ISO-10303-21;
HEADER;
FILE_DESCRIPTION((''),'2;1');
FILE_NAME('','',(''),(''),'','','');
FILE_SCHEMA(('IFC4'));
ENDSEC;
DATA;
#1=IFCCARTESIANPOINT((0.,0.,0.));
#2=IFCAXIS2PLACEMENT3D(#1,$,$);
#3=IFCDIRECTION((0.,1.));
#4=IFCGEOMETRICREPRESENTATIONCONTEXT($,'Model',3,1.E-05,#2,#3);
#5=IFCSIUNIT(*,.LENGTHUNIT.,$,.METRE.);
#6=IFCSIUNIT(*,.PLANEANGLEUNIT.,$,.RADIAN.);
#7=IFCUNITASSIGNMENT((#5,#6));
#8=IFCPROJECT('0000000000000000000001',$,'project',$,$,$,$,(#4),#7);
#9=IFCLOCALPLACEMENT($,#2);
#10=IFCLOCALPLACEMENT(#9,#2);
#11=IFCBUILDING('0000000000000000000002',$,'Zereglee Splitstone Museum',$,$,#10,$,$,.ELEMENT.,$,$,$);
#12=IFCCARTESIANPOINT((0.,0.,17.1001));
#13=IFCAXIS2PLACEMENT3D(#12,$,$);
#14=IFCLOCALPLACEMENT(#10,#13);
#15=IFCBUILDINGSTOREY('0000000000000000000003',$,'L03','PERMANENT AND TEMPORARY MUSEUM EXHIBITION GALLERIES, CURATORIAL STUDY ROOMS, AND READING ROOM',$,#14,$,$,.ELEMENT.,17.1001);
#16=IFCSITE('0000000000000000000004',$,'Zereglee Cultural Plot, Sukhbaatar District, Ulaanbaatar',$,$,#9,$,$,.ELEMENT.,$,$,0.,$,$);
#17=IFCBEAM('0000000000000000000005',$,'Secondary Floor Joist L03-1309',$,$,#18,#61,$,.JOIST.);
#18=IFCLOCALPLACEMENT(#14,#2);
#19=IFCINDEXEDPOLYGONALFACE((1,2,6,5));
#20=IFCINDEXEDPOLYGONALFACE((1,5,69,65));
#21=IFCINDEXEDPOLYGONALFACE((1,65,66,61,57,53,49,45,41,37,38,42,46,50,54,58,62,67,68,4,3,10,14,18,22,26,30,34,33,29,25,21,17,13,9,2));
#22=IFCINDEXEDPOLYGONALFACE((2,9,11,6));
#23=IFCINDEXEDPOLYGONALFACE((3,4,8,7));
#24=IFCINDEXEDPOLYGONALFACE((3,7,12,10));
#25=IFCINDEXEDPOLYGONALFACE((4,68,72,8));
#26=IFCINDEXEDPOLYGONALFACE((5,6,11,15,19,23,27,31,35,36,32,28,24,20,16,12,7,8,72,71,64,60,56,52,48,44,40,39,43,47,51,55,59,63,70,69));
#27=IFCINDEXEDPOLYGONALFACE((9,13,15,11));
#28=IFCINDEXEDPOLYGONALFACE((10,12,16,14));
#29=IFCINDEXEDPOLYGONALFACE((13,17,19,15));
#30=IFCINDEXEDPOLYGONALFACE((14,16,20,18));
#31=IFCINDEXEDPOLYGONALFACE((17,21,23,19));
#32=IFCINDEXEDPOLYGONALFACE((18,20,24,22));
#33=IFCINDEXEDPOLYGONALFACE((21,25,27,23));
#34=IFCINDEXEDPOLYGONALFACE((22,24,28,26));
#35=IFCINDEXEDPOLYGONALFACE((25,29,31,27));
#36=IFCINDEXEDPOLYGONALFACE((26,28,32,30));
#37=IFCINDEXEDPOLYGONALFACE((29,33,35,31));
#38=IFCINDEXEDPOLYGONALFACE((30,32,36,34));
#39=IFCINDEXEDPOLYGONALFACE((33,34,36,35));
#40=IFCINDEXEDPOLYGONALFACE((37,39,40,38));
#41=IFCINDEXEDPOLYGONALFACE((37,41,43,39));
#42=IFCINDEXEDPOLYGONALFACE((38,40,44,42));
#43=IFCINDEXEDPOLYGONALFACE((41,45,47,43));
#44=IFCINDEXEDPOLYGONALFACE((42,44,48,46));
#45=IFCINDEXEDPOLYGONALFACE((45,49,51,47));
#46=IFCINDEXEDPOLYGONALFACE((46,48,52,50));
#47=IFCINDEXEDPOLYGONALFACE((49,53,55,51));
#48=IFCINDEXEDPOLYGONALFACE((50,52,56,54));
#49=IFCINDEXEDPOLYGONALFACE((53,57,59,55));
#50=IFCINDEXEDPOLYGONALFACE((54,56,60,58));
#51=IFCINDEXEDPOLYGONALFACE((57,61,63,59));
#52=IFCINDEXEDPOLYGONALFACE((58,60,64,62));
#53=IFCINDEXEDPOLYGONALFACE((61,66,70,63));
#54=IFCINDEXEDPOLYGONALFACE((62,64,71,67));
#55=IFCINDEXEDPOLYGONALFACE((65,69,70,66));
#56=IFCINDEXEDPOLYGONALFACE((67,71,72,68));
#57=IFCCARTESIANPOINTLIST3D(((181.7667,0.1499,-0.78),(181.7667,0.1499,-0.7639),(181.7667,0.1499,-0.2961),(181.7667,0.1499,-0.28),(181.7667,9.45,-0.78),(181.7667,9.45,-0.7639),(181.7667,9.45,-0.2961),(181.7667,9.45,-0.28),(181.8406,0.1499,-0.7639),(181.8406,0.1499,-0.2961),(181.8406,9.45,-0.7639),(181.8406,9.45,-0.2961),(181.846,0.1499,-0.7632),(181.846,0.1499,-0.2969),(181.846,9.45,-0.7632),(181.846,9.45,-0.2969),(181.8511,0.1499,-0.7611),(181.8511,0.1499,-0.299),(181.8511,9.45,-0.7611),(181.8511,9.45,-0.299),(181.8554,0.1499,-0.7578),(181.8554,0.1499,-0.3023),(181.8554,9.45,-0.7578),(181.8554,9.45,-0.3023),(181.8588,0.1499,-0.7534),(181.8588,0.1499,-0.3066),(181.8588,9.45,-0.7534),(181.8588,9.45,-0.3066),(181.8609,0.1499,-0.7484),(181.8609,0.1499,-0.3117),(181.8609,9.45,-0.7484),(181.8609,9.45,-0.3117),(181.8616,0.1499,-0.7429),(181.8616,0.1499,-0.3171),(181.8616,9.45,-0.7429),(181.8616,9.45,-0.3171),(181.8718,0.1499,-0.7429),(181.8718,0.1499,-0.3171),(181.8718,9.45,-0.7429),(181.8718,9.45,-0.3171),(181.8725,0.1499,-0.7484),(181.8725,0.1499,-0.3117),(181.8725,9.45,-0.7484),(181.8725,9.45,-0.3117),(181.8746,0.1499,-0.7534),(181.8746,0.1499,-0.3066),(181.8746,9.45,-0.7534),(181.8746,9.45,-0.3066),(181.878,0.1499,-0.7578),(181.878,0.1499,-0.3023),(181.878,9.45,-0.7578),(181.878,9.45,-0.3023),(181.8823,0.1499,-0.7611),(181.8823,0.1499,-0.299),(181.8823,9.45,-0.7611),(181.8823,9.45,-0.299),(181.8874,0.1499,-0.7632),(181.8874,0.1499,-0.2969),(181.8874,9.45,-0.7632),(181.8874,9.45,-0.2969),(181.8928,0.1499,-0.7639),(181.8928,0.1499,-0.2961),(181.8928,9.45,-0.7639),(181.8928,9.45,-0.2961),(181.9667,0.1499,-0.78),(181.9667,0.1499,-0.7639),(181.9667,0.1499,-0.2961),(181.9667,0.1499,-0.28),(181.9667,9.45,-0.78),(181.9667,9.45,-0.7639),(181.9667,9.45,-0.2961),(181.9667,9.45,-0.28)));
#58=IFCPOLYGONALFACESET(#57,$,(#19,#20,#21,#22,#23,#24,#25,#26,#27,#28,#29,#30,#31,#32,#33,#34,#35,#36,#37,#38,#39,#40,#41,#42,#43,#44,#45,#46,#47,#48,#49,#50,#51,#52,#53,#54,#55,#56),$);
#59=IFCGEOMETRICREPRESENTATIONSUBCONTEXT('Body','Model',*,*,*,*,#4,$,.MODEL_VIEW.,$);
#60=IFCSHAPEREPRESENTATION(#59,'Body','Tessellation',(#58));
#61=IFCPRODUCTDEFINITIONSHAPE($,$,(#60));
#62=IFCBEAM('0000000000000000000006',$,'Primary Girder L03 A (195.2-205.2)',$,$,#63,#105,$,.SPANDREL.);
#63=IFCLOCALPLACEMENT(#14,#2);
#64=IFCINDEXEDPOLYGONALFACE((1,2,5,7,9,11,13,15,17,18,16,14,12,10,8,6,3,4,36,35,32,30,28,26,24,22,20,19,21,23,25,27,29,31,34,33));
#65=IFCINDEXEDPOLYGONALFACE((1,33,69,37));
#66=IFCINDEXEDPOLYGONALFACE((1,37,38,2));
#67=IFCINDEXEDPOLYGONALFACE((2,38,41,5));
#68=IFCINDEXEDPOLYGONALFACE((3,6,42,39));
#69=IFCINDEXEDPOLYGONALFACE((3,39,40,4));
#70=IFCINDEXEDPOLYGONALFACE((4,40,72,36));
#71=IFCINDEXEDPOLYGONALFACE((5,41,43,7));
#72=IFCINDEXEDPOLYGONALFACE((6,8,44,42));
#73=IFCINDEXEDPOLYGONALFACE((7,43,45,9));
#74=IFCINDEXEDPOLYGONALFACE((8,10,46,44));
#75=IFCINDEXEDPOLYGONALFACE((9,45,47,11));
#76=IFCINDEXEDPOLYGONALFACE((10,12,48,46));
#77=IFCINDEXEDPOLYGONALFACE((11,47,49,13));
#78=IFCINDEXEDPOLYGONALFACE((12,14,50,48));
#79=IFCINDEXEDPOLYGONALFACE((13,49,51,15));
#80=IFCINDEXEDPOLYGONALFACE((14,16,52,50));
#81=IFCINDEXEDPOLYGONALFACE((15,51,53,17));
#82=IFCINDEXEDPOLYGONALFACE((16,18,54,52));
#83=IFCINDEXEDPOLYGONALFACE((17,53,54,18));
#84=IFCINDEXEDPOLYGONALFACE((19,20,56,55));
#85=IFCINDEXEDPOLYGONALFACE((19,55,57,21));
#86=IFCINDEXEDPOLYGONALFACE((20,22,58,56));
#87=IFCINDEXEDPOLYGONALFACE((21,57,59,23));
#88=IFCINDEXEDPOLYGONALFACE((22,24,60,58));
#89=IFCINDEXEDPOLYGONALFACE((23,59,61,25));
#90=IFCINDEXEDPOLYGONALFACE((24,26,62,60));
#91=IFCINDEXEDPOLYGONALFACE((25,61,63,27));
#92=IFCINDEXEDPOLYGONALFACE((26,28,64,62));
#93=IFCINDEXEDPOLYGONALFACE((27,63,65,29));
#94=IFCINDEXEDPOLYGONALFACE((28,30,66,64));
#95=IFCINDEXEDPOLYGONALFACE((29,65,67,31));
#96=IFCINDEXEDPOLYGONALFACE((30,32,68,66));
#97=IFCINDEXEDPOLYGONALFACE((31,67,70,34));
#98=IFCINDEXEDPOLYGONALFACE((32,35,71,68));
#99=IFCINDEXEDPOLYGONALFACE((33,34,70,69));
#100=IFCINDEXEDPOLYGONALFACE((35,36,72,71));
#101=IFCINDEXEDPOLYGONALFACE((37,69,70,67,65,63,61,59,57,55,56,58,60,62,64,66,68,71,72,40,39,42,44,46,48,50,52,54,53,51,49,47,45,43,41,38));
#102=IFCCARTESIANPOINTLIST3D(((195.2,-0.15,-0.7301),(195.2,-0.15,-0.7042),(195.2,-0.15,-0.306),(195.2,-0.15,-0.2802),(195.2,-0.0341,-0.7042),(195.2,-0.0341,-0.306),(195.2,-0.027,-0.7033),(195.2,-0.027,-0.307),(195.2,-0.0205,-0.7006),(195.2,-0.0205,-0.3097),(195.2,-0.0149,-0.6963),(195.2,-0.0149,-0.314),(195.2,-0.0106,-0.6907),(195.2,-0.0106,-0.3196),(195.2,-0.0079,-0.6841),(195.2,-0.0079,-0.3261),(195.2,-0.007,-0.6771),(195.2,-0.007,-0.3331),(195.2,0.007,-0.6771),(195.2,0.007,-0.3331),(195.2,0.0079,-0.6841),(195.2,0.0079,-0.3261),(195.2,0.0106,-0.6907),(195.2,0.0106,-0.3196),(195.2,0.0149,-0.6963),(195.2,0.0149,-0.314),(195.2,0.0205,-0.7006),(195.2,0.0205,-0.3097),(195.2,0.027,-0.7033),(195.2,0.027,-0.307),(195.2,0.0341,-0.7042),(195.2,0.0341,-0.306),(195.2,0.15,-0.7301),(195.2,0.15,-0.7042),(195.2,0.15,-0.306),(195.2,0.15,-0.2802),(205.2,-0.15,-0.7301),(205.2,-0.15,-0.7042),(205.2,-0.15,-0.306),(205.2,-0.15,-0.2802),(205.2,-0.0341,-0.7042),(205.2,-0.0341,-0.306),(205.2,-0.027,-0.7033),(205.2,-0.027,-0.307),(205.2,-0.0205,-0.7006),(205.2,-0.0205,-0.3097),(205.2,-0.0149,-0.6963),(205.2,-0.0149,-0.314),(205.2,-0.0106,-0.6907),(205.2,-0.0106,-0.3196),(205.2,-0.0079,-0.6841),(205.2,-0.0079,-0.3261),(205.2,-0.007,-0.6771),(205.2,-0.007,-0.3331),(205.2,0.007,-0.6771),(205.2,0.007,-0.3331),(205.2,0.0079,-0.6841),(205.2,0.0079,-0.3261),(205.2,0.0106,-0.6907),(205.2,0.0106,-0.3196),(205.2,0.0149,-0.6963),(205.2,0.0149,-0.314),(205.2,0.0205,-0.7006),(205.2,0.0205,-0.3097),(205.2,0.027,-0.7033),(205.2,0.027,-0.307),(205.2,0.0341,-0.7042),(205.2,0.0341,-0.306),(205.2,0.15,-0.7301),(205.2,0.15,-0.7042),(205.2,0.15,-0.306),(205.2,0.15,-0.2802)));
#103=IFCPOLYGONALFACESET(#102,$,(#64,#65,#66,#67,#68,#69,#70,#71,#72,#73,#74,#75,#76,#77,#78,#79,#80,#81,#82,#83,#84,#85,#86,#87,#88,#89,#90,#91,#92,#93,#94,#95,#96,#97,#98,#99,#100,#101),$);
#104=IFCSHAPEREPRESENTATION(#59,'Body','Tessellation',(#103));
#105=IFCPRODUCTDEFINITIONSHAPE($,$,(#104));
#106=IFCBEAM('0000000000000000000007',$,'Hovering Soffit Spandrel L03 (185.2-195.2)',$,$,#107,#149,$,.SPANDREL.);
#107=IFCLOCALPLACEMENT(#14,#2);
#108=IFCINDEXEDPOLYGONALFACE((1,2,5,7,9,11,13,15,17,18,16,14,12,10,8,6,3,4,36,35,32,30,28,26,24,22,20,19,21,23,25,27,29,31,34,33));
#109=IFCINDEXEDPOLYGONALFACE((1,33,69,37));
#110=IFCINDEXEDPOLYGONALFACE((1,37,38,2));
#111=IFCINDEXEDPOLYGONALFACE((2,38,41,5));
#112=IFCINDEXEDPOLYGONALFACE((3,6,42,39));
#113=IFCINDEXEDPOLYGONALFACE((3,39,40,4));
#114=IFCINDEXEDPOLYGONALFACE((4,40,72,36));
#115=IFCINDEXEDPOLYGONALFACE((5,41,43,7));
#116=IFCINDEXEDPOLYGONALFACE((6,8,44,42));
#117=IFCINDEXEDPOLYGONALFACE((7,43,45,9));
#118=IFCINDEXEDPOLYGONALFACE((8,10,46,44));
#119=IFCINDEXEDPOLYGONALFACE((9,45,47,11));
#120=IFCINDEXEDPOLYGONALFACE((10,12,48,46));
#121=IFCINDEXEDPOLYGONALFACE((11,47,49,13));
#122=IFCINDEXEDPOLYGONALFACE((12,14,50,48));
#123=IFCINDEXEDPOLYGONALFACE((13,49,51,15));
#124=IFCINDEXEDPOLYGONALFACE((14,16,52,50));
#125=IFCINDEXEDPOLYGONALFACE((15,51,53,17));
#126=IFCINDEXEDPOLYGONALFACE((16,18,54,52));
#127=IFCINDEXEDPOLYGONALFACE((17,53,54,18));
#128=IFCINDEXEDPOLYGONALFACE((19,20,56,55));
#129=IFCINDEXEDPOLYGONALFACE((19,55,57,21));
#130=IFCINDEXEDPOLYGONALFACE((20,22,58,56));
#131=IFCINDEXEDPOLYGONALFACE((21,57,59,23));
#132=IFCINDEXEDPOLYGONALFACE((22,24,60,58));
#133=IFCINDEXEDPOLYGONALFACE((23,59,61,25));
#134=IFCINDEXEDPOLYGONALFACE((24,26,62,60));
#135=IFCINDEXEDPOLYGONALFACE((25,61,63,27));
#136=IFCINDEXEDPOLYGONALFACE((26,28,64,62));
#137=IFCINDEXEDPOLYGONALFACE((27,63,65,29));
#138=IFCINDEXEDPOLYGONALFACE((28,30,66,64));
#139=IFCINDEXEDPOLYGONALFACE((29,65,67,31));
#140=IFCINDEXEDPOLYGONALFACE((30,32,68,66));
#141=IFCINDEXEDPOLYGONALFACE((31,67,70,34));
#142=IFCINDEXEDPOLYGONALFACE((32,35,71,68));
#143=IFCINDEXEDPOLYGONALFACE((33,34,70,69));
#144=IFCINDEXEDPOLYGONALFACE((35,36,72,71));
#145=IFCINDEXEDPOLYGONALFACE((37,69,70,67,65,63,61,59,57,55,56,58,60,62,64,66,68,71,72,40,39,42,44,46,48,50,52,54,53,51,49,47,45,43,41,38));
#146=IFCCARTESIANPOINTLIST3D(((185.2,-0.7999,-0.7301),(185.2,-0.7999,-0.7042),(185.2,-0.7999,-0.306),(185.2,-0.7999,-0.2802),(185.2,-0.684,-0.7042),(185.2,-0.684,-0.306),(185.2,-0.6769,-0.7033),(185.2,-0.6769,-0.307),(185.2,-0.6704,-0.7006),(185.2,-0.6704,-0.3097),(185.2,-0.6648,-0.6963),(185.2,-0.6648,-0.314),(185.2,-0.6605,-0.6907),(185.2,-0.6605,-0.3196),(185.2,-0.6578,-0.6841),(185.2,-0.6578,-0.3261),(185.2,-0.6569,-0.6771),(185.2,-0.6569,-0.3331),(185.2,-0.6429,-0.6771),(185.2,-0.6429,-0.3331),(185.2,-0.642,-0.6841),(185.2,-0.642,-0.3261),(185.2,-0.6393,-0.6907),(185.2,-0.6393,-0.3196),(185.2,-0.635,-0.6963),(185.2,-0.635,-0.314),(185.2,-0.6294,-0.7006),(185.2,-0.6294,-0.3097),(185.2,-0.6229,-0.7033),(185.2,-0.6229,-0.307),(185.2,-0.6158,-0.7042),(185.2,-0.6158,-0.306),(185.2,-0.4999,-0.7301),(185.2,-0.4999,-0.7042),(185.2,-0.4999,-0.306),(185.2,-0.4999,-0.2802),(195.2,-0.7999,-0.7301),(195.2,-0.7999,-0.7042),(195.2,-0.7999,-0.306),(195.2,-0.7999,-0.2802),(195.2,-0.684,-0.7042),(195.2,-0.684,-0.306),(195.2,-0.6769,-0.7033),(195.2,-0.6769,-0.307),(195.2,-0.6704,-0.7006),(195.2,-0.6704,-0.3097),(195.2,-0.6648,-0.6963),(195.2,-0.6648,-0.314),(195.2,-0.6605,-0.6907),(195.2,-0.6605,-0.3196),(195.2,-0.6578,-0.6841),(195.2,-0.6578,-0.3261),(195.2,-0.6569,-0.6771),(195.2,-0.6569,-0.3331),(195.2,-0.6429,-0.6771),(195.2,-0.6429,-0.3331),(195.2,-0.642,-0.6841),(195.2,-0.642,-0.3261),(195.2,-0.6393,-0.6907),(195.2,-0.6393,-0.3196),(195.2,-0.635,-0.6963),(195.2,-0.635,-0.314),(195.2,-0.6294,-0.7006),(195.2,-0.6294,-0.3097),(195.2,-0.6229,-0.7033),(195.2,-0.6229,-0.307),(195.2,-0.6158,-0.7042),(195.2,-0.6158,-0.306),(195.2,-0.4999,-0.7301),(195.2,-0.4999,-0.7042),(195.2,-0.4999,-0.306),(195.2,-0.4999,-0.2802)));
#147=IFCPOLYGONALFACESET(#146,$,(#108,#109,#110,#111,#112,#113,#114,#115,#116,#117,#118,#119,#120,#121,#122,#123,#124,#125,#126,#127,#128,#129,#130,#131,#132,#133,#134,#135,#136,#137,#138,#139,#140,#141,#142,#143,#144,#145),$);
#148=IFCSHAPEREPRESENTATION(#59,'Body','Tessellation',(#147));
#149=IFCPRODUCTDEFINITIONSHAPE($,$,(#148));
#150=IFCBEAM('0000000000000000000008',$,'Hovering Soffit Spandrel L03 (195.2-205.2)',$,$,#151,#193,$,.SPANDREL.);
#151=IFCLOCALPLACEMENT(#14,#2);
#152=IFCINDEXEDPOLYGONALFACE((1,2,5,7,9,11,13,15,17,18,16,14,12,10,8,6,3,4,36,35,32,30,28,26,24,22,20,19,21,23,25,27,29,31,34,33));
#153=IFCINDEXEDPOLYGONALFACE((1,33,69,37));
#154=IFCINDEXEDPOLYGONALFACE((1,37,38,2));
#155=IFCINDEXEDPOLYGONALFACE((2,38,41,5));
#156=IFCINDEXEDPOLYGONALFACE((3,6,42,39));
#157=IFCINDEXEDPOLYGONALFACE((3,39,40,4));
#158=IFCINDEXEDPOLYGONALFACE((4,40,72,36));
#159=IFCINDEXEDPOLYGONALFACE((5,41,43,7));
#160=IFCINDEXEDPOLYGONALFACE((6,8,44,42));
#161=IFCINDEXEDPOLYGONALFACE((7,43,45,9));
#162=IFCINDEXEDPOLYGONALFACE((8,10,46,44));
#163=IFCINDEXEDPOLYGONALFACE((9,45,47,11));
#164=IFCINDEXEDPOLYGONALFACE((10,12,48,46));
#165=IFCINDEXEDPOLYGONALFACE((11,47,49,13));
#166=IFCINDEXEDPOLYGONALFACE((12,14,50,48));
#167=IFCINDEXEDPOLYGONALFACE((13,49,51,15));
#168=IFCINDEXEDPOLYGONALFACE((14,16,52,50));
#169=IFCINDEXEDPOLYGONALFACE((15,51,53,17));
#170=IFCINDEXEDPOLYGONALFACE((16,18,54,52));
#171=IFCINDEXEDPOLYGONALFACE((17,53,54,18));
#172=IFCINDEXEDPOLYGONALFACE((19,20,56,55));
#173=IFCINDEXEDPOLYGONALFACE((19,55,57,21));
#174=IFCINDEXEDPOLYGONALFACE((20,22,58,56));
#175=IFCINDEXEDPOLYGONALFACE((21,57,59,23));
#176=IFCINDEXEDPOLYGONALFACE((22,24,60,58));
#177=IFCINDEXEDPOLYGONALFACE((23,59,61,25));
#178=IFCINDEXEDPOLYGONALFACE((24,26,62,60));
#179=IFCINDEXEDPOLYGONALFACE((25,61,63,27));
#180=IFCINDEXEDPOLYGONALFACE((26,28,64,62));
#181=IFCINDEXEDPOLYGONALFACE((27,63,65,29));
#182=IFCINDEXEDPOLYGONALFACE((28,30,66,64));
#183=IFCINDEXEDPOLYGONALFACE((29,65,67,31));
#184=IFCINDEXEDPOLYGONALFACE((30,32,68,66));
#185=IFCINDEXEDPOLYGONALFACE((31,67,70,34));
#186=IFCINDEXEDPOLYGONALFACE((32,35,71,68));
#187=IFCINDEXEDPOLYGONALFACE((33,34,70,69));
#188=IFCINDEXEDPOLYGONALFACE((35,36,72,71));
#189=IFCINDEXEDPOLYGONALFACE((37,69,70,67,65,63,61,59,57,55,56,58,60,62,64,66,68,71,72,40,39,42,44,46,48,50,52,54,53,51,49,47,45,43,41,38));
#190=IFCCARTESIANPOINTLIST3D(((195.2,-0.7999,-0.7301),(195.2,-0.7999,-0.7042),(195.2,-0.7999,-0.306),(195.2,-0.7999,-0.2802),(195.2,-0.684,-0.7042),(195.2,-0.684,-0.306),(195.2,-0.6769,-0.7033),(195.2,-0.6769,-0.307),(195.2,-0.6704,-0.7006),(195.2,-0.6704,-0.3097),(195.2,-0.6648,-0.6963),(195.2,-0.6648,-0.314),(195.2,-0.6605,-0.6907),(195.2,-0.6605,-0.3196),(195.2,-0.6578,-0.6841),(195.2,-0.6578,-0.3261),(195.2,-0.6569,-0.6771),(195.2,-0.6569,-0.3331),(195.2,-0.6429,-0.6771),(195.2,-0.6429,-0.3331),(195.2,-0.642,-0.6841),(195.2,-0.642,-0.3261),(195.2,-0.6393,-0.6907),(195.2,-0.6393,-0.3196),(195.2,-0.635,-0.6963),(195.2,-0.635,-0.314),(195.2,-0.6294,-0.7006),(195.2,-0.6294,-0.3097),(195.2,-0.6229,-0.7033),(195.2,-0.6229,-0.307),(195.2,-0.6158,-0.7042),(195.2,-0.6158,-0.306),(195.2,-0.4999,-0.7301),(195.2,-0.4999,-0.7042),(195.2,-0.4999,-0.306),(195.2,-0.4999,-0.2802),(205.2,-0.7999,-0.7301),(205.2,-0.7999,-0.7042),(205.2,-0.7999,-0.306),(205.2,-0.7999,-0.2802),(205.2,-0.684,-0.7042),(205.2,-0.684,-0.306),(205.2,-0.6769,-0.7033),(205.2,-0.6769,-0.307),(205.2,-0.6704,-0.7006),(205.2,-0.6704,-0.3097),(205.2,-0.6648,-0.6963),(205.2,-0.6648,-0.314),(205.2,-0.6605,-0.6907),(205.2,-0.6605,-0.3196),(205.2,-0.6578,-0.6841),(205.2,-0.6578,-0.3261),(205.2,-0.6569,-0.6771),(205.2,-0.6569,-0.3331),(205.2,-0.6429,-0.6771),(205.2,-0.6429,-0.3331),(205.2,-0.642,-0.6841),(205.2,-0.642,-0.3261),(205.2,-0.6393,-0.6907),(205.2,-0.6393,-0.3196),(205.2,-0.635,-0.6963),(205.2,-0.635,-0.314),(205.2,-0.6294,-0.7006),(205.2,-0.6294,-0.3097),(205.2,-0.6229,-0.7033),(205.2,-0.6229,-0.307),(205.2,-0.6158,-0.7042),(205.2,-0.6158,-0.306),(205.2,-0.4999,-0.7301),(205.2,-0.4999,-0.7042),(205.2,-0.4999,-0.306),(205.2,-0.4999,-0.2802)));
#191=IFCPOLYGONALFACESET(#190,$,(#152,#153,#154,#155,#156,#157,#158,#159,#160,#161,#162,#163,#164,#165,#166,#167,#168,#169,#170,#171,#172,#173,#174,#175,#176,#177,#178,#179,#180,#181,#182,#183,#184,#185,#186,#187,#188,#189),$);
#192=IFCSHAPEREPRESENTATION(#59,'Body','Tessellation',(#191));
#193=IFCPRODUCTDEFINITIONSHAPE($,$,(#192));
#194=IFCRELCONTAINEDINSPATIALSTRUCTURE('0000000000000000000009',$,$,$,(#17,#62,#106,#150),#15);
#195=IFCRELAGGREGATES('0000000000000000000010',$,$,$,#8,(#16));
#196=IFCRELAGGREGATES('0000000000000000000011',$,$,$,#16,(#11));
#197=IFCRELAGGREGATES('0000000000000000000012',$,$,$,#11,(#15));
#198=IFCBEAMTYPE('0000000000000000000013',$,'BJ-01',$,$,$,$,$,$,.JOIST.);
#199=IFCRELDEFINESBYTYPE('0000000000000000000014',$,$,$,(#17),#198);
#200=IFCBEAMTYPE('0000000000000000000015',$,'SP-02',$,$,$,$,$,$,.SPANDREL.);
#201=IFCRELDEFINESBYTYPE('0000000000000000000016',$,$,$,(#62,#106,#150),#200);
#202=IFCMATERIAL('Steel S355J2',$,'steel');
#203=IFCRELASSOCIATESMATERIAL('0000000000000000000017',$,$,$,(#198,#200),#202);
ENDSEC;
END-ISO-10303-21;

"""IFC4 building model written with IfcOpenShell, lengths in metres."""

from ifc_helpers import new_model, si_unit, direction, frame, origin, origin_2d, place, context, subcontext, project, spatial, i_section, extrude, material, material_profile, profile_set, type_object, element, save


model = new_model("IFC4")

# Units and contexts
model_context = context("Model", 3, precision=1e-05, world=origin(), true_north=direction((0.0, 1.0)))
body_context = subcontext(model_context, "Body", "Model", "MODEL_VIEW")
ifc_project = project(units=[si_unit("LENGTHUNIT", "METRE"), si_unit("PLANEANGLEUNIT", "RADIAN")], contexts=[model_context])

# Site, building, storey
site_placement = place(None, origin())
site = spatial("IfcSite", under=ifc_project, at=site_placement, Name="Zereglee Cultural Plot, Sukhbaatar District, Ulaanbaatar", CompositionType="ELEMENT", RefElevation=0.0)
building_placement = place(site_placement, origin())
building = spatial("IfcBuilding", under=site, at=building_placement, Name="Zereglee Splitstone Museum", CompositionType="ELEMENT")
storey_placement = place(building_placement, frame((0.0, 0.0, 17.1001)))
storey = spatial("IfcBuildingStorey", under=building, at=storey_placement, Name="L03", Description="PERMANENT AND TEMPORARY MUSEUM EXHIBITION GALLERIES, CURATORIAL STUDY ROOMS, AND READING ROOM", CompositionType="ELEMENT", Elevation=17.1001)

# Shared definitions
ifc_material_1 = material(Name="Steel S355J2", Category="steel")

# Beams
ifc_material_profile_1 = material_profile(ifc_material_1, i_section(OverallWidth=0.2, OverallDepth=0.5, WebThickness=0.0103, FlangeThickness=0.0161, FilletRadius=0.021, at=origin_2d()), Name="IPE 500")
ifc_profile_set_1 = profile_set([ifc_material_profile_1], Name="Steel S355J2")
beam_type_1 = type_object("IfcBeamType", Name="BJ-01", PredefinedType="JOIST", material=ifc_profile_set_1)
beam_1_placement = place(storey_placement, frame((181.8667, 0.1499, -0.53), z_axis=(0.0, 1.0, 0.0), x_axis=(-1.0, 0.0, 0.0)))
element("IfcBeam", 1, at=beam_1_placement, inside=storey, type_object=beam_type_1, Name="Secondary Floor Joist L03-1309", PredefinedType="JOIST", context=body_context, shape_type="SweptSolid", body=[
    extrude(i_section(OverallWidth=0.2, OverallDepth=0.5, WebThickness=0.0103, FlangeThickness=0.0161, FilletRadius=0.021, at=origin_2d()), origin(), (0.0, 0.0, 1.0), 9.3),
])
ifc_material_profile_2 = material_profile(ifc_material_1, i_section(OverallWidth=0.3, OverallDepth=0.45, WebThickness=0.0139, FlangeThickness=0.0259, FilletRadius=0.0271, at=origin_2d()), Name="HE 450 B")
ifc_profile_set_2 = profile_set([ifc_material_profile_2], Name="Steel S355J2")
beam_type_2 = type_object("IfcBeamType", Name="SP-02", PredefinedType="SPANDREL", material=ifc_profile_set_2)
for number, where, z_axis, x_axis, name in (
    (2, (195.2, 0.0, -0.5051), (1.0, 0.0, 0.0), (0.0, 1.0, 0.0), "Primary Girder L03 A (195.2-205.2)"),
    (3, (185.2, -0.6499, -0.5051), (1.0, 0.0, 0.0), (0.0, 1.0, 0.0), "Hovering Soffit Spandrel L03 (185.2-195.2)"),
    (4, (195.2, -0.6499, -0.5051), (1.0, 0.0, 0.0), (0.0, 1.0, 0.0), "Hovering Soffit Spandrel L03 (195.2-205.2)"),
):
    element("IfcBeam", number, at=place(storey_placement, frame(where, z_axis=z_axis, x_axis=x_axis)), inside=storey, type_object=beam_type_2, Name=name, PredefinedType="SPANDREL", context=body_context, shape_type="SweptSolid", body=[
        extrude(i_section(OverallWidth=0.3, OverallDepth=0.45, WebThickness=0.0139, FlangeThickness=0.0259, FilletRadius=0.0271, at=origin_2d()), origin(), (0.0, 0.0, 1.0), 10.0),
    ])

save(model, "model.ifc")
